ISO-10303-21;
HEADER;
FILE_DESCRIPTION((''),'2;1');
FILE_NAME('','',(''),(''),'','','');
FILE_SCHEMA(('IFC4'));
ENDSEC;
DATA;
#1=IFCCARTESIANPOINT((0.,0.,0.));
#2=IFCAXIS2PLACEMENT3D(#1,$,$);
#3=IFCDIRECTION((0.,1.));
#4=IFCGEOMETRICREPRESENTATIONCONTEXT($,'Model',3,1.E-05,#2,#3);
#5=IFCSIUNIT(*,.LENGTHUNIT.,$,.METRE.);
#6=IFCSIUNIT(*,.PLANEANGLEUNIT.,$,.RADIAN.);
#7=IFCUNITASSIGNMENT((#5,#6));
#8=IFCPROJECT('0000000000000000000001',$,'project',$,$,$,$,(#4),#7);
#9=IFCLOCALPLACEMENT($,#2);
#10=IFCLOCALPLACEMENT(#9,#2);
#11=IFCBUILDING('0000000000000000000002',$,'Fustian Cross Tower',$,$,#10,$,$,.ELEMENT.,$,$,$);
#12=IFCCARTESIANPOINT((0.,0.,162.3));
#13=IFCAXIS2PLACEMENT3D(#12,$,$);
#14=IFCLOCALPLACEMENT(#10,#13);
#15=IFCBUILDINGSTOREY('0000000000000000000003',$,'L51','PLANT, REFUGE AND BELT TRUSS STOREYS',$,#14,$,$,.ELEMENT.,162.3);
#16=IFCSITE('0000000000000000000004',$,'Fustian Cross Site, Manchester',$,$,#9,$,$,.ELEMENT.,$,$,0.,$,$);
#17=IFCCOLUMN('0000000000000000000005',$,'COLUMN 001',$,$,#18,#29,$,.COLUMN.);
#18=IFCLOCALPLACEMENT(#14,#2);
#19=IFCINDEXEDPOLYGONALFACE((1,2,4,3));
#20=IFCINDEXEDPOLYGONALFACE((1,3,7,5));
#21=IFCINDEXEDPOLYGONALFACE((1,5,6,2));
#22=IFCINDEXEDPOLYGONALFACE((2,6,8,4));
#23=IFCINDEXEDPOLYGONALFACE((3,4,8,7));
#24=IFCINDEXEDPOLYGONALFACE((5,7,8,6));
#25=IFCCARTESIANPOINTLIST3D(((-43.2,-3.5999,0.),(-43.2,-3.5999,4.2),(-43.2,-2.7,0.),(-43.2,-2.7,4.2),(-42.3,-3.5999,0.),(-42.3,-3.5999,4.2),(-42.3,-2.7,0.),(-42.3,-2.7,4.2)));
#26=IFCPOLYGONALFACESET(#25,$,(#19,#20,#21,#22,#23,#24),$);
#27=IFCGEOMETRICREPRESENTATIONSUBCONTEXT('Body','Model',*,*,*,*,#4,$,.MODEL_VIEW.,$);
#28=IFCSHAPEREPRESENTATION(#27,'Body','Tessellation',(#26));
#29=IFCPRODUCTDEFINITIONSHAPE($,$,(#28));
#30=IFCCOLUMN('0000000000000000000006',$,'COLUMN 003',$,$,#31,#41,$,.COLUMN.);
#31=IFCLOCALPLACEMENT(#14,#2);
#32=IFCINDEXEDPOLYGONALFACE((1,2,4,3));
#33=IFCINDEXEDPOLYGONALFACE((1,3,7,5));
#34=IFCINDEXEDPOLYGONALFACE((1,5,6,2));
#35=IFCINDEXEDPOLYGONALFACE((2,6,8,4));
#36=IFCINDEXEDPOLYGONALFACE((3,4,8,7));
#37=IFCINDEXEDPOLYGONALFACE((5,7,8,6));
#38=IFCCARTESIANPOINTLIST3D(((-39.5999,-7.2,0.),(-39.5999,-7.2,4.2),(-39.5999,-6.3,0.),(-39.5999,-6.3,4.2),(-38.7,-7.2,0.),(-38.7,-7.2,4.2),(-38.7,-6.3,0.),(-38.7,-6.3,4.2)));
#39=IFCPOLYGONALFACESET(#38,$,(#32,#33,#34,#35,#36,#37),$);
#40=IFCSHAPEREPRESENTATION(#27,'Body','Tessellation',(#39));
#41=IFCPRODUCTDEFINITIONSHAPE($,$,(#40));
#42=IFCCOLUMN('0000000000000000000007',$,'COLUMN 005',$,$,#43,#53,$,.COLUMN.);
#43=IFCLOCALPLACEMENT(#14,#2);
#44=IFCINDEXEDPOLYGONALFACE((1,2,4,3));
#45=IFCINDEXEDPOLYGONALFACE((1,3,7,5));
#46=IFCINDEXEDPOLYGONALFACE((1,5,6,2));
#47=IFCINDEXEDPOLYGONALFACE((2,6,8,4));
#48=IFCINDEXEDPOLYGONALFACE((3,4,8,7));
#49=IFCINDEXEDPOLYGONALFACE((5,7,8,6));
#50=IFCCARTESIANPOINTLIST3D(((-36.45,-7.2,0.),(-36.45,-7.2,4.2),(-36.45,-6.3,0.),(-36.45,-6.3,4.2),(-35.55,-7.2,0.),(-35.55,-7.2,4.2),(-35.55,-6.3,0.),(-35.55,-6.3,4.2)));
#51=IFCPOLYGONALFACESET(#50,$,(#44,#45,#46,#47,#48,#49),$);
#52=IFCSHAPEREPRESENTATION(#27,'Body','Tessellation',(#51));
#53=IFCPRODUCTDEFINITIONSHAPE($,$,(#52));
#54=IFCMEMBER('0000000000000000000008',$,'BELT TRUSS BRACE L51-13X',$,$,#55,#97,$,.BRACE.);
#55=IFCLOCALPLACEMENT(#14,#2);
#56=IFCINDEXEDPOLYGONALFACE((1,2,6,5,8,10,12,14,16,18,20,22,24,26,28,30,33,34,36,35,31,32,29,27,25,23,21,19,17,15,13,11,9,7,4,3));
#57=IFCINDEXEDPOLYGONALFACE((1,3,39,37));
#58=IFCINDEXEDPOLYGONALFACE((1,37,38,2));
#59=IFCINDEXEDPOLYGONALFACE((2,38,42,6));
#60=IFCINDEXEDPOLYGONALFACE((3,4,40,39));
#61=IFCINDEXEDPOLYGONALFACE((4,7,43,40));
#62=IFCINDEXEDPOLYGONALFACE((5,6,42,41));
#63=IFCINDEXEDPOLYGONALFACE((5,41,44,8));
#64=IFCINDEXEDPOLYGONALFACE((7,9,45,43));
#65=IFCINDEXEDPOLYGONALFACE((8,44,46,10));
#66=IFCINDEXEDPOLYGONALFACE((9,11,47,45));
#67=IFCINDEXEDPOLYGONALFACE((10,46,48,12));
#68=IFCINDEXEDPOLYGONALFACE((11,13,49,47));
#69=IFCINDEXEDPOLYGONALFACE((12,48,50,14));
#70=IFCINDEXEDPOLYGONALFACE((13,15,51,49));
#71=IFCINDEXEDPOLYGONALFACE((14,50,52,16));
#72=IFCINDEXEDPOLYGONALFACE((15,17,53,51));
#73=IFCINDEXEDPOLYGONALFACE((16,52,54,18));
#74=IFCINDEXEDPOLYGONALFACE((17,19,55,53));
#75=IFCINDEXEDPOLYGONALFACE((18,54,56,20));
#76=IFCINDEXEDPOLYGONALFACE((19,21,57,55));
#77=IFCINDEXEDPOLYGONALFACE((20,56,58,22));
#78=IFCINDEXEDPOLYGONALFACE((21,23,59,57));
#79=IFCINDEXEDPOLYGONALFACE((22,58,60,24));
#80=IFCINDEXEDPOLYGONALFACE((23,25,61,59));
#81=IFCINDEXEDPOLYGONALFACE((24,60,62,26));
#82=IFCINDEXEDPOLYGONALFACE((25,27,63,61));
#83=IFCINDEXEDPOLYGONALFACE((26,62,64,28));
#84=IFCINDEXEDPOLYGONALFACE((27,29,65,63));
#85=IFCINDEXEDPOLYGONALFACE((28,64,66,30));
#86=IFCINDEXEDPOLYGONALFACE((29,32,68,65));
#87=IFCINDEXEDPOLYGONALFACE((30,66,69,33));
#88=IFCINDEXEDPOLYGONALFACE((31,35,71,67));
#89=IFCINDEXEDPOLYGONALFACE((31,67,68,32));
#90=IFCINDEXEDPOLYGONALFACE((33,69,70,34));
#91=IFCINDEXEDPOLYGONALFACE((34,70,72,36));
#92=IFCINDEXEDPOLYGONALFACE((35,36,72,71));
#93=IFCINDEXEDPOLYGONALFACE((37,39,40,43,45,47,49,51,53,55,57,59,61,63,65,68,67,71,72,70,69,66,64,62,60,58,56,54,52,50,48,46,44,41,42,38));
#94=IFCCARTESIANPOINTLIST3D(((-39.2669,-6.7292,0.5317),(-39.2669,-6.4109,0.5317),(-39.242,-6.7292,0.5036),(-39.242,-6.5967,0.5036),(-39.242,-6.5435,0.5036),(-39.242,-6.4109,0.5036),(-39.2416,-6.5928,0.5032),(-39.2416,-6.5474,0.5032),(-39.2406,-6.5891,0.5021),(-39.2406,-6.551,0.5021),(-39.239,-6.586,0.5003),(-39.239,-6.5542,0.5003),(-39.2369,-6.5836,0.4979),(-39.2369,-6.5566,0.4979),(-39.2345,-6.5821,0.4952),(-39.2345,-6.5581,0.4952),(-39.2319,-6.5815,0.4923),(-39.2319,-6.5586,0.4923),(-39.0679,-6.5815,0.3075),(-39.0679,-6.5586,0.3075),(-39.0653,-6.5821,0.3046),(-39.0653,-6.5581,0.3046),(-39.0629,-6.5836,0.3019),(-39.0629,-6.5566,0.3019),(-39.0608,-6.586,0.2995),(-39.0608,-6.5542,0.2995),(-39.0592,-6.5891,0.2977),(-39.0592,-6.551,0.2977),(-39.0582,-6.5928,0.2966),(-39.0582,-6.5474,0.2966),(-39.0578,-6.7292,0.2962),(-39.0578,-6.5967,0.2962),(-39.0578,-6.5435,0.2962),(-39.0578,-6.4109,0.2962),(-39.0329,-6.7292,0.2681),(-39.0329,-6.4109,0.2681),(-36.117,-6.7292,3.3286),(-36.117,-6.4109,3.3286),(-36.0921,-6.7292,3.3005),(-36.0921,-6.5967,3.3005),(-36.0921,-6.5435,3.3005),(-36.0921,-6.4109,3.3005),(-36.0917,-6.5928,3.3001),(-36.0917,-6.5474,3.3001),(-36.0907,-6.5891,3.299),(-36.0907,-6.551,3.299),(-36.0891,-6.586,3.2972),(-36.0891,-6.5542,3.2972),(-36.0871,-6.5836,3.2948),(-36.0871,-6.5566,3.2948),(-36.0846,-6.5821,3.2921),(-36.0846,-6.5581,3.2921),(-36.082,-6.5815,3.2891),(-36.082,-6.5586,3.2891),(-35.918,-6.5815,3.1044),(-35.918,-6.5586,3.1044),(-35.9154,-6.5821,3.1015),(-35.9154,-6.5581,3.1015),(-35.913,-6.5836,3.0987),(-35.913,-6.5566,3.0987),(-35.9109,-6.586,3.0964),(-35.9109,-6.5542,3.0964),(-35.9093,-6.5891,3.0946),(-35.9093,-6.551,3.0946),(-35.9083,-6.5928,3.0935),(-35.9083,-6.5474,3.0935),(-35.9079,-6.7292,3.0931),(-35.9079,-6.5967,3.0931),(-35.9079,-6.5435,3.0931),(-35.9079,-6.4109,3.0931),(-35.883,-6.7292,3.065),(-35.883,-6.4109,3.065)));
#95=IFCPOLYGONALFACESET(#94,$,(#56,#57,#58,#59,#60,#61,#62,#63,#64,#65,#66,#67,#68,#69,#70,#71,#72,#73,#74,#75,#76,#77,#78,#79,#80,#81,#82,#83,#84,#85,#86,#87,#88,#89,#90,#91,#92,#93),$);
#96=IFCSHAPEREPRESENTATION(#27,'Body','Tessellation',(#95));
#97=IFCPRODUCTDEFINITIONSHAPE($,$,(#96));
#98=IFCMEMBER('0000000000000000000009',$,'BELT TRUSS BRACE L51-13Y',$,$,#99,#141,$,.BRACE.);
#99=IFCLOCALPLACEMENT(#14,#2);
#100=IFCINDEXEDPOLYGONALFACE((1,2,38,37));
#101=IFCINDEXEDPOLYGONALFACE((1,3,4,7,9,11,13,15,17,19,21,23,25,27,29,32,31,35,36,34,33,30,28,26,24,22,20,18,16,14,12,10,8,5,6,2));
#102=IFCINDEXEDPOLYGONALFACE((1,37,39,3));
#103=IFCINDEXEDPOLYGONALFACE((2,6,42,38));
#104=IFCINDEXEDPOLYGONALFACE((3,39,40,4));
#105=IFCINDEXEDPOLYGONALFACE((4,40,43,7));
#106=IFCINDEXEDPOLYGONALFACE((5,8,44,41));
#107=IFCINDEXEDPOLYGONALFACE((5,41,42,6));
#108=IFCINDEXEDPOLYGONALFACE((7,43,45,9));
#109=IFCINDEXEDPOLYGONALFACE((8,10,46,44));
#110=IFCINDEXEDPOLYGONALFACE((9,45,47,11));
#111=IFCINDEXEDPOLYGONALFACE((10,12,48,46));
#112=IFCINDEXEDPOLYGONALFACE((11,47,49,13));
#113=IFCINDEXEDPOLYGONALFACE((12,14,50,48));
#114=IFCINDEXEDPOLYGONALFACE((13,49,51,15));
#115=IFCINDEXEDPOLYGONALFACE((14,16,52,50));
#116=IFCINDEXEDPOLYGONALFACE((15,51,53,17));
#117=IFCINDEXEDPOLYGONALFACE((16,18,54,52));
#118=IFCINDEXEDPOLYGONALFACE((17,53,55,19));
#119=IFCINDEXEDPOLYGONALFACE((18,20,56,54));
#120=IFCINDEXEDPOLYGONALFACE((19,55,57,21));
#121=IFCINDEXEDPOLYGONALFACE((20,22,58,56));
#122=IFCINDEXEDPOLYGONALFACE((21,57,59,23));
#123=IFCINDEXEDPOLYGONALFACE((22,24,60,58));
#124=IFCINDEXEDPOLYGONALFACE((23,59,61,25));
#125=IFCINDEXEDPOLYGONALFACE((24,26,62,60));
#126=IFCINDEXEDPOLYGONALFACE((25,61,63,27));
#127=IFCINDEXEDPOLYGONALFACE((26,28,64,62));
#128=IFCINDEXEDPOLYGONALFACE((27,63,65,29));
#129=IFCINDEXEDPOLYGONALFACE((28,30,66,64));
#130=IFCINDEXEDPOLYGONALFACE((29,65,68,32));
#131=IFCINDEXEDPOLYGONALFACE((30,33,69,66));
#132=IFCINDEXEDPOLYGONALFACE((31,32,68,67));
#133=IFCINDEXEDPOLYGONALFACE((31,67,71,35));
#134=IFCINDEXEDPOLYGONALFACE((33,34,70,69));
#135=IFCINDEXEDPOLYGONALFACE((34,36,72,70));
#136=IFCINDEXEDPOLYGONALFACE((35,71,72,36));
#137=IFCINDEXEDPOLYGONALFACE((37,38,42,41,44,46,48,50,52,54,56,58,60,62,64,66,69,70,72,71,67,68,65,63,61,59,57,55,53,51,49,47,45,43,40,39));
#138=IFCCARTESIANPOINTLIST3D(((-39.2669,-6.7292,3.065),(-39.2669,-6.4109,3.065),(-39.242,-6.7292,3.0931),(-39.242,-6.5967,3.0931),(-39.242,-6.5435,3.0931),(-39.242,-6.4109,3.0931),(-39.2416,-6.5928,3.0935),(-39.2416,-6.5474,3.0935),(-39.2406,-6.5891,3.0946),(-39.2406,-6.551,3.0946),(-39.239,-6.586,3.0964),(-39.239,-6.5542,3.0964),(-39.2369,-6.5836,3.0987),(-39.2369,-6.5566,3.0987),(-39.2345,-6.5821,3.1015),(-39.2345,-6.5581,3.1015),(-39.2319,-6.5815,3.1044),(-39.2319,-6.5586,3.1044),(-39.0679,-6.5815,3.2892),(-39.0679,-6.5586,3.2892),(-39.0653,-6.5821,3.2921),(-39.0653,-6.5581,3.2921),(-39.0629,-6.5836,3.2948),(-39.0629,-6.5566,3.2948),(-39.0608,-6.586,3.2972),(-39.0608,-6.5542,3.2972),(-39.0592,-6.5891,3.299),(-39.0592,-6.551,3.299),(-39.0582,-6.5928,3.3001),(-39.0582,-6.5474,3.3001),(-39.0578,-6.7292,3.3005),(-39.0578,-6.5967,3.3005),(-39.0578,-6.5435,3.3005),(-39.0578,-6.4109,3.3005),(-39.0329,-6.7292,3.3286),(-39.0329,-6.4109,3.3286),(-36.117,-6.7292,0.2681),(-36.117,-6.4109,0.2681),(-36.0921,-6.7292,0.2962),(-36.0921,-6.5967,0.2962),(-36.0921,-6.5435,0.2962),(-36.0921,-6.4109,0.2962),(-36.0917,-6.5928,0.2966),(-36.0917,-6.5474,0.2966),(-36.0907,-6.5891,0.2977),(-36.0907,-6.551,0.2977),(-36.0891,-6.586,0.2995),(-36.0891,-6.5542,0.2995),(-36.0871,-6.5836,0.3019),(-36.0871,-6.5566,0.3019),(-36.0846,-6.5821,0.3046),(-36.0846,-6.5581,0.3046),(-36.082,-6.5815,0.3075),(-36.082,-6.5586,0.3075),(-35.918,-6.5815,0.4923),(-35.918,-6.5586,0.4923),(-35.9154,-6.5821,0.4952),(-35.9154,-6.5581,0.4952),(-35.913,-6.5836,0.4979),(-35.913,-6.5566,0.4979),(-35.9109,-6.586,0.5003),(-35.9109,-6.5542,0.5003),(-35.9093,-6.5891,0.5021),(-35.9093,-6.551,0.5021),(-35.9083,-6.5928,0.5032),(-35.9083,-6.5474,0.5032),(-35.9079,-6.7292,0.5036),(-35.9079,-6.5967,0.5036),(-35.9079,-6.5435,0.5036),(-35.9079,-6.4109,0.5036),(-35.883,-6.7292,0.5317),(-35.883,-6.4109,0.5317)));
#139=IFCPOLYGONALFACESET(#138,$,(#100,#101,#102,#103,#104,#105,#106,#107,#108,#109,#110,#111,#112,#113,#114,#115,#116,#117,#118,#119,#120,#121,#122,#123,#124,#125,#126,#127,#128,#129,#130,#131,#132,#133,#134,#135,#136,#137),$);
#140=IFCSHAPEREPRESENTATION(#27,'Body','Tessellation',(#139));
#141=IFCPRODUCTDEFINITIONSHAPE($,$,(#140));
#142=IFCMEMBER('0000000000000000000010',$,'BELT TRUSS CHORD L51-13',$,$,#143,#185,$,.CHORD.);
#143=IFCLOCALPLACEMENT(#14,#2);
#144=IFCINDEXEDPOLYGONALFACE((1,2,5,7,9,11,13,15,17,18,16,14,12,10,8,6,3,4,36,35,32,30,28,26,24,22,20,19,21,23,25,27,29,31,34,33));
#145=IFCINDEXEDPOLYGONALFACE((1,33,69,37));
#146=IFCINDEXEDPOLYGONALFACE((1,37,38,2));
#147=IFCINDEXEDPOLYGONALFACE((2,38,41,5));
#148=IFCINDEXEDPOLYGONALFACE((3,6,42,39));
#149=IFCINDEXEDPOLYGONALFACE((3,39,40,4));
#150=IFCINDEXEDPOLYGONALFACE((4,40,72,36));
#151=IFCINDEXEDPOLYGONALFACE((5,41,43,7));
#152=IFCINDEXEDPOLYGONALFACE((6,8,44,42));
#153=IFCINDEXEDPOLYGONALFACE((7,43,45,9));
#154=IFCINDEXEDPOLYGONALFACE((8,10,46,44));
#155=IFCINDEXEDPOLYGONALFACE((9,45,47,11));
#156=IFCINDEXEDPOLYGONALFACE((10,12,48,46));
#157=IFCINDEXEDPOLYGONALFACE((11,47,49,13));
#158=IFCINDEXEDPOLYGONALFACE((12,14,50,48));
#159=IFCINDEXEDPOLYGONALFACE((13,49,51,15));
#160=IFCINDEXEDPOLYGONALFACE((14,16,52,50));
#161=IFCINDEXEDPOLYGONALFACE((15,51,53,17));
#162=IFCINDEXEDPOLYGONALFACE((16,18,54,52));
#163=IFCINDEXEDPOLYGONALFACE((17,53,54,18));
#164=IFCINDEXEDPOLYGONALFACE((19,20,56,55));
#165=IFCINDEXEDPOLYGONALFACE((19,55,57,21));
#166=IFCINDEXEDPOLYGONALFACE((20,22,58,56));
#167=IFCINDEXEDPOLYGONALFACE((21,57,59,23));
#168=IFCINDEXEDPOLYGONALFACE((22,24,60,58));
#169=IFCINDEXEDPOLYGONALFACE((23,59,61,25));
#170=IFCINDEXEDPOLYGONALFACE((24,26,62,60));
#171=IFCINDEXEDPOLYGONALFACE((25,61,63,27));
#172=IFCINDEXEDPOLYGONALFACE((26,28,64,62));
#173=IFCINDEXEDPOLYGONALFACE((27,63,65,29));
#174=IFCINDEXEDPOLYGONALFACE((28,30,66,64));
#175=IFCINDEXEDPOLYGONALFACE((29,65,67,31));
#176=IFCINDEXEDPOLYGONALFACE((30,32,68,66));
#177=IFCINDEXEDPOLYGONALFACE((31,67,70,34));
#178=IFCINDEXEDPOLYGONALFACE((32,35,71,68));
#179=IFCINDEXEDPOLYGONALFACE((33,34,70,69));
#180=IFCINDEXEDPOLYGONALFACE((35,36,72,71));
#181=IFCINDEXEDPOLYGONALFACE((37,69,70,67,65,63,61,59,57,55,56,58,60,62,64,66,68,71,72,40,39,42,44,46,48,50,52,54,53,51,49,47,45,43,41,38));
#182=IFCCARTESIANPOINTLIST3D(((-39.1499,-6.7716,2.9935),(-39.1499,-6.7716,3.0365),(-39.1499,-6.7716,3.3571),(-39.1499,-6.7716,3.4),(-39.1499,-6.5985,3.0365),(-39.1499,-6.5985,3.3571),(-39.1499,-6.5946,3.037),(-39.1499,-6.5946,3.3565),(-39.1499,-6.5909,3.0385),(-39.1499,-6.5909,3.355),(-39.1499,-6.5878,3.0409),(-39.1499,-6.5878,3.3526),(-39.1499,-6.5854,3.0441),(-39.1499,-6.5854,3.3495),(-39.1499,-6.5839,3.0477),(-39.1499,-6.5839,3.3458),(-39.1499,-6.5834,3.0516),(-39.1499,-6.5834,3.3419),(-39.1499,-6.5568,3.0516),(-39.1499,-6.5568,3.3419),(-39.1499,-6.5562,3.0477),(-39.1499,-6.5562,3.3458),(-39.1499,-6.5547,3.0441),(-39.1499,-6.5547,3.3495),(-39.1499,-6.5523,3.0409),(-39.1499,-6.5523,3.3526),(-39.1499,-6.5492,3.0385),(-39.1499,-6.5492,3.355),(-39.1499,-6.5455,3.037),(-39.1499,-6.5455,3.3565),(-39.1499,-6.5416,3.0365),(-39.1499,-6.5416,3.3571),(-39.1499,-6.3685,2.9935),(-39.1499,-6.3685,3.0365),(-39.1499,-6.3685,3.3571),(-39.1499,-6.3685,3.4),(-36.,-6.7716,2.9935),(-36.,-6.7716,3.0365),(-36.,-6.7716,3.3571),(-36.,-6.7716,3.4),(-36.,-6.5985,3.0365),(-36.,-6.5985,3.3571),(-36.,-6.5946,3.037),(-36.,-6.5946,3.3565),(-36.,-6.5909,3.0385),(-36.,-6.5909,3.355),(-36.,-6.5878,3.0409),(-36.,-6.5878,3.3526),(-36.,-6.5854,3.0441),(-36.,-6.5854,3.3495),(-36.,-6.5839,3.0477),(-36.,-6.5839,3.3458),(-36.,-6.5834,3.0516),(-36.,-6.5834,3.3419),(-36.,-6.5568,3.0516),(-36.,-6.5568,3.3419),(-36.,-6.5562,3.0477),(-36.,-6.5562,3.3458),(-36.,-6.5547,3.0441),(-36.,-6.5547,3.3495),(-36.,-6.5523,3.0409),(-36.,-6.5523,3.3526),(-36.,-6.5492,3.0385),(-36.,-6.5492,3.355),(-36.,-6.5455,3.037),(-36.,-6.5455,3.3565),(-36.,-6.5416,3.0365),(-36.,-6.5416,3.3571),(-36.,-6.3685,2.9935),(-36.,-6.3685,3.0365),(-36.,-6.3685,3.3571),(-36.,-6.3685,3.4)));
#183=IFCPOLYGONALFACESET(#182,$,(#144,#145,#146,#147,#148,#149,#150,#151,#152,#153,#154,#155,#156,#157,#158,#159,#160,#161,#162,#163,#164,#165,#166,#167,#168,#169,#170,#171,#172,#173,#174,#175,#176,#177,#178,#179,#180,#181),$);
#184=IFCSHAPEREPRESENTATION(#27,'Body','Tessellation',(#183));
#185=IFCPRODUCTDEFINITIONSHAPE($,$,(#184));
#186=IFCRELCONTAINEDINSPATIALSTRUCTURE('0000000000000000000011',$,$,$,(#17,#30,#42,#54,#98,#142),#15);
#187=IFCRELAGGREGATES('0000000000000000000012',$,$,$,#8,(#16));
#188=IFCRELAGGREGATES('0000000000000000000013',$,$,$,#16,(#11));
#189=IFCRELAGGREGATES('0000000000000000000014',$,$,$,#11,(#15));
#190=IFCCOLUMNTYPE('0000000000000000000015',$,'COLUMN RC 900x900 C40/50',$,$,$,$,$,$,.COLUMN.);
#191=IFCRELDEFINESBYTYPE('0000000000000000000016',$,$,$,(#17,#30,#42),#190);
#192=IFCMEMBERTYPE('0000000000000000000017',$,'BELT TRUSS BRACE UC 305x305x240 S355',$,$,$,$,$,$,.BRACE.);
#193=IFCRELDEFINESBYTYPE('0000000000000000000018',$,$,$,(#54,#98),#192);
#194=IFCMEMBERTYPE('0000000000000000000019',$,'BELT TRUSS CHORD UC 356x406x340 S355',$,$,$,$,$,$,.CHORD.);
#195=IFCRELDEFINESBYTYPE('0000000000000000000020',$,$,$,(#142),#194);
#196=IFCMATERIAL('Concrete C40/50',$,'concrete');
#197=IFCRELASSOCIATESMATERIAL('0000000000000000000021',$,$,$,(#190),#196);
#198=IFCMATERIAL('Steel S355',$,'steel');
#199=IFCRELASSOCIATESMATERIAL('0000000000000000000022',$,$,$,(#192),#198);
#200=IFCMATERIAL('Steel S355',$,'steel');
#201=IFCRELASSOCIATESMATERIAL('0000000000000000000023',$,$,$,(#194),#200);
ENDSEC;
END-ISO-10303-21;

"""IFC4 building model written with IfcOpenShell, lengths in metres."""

from ifc_helpers import new_model, si_unit, direction, frame, origin, origin_2d, place, context, subcontext, project, spatial, rectangle, i_section, extrude, material, material_profile, profile_set, type_object, element, save


model = new_model("IFC4")

# Units and contexts
model_context = context("Model", 3, precision=1e-05, world=origin(), true_north=direction((0.0, 1.0)))
body_context = subcontext(model_context, "Body", "Model", "MODEL_VIEW")
ifc_project = project(units=[si_unit("LENGTHUNIT", "METRE"), si_unit("PLANEANGLEUNIT", "RADIAN")], contexts=[model_context])

# Site, building, storey
site_placement = place(None, origin())
site = spatial("IfcSite", under=ifc_project, at=site_placement, Name="Fustian Cross Site, Manchester", CompositionType="ELEMENT", RefElevation=0.0)
building_placement = place(site_placement, origin())
building = spatial("IfcBuilding", under=site, at=building_placement, Name="Fustian Cross Tower", CompositionType="ELEMENT")
storey_placement = place(building_placement, frame((0.0, 0.0, 162.3)))
storey = spatial("IfcBuildingStorey", under=building, at=storey_placement, Name="L51", Description="PLANT, REFUGE AND BELT TRUSS STOREYS", CompositionType="ELEMENT", Elevation=162.3)

# Columns
ifc_material_1 = material(Name="Concrete C40/50", Category="concrete")
ifc_material_profile_1 = material_profile(ifc_material_1, rectangle(XDim=0.8999, YDim=0.8999, at=origin_2d()), Name="RC 900x900")
ifc_profile_set_1 = profile_set([ifc_material_profile_1], Name="Concrete C40/50")
column_type = type_object("IfcColumnType", Name="COLUMN RC 900x900 C40/50", PredefinedType="COLUMN", material=ifc_profile_set_1)
for number, where, z_axis, x_axis, name in (
    (1, (-42.75, -3.1499, 0.0), (0.0, 0.0, 1.0), (1.0, 0.0, 0.0), "COLUMN 001"),
    (2, (-39.1499, -6.75, 0.0), (0.0, 0.0, 1.0), (1.0, 0.0, 0.0), "COLUMN 003"),
    (3, (-36.0, -6.75, 0.0), (0.0, 0.0, 1.0), (1.0, 0.0, 0.0), "COLUMN 005"),
):
    element("IfcColumn", number, at=place(storey_placement, frame(where, z_axis=z_axis, x_axis=x_axis)), inside=storey, type_object=column_type, Name=name, PredefinedType="COLUMN", context=body_context, shape_type="SweptSolid", body=[
        extrude(rectangle(XDim=0.8999, YDim=0.8999, at=origin_2d()), origin(), (0.0, 0.0, 1.0), 4.2),
    ])

# Members
ifc_material_2 = material(Name="Steel S355", Category="steel")
ifc_material_profile_2 = material_profile(ifc_material_2, i_section(OverallWidth=0.3184, OverallDepth=0.3525, WebThickness=0.0229, FlangeThickness=0.0376, FilletRadius=0.0151, at=origin_2d()), Name="UC 305x305x240")
ifc_profile_set_2 = profile_set([ifc_material_profile_2], Name="Steel S355")
member_type_1 = type_object("IfcMemberType", Name="BELT TRUSS BRACE UC 305x305x240 S355", PredefinedType="BRACE", material=ifc_profile_set_2)
for number, where, z_axis, x_axis, name in (
    (4, (-39.1499, -6.5701, 0.3999), (0.747767, 0.0, 0.663961), (0.0, 1.0, 0.0), "BELT TRUSS BRACE L51-13X"),
    (5, (-39.1499, -6.5701, 3.1968), (0.747767, 0.0, -0.663961), (0.0, 1.0, 0.0), "BELT TRUSS BRACE L51-13Y"),
):
    element("IfcMember", number, at=place(storey_placement, frame(where, z_axis=z_axis, x_axis=x_axis)), inside=storey, type_object=member_type_1, Name=name, PredefinedType="BRACE", context=body_context, shape_type="SweptSolid", body=[
        extrude(i_section(OverallWidth=0.3184, OverallDepth=0.3525, WebThickness=0.0229, FlangeThickness=0.0376, FilletRadius=0.0151, at=origin_2d()), origin(), (0.0, 0.0, 1.0), 4.2124),
    ])
ifc_material_3 = material(Name="Steel S355", Category="steel")
ifc_material_profile_3 = material_profile(ifc_material_3, i_section(OverallWidth=0.4031, OverallDepth=0.4065, WebThickness=0.0266, FlangeThickness=0.043, FilletRadius=0.0151, at=origin_2d()), Name="UC 356x406x340")
ifc_profile_set_3 = profile_set([ifc_material_profile_3], Name="Steel S355")
member_type_2 = type_object("IfcMemberType", Name="BELT TRUSS CHORD UC 356x406x340 S355", PredefinedType="CHORD", material=ifc_profile_set_3)
for number, where, z_axis, x_axis, name in (
    (6, (-39.1499, -6.5701, 3.1968), (1.0, 0.0, 0.0), (0.0, 1.0, 0.0), "BELT TRUSS CHORD L51-13"),
):
    element("IfcMember", number, at=place(storey_placement, frame(where, z_axis=z_axis, x_axis=x_axis)), inside=storey, type_object=member_type_2, Name=name, PredefinedType="CHORD", context=body_context, shape_type="SweptSolid", body=[
        extrude(i_section(OverallWidth=0.4031, OverallDepth=0.4065, WebThickness=0.0266, FlangeThickness=0.043, FilletRadius=0.0151, at=origin_2d()), origin(), (0.0, 0.0, 1.0), 3.1499),
    ])

save(model, "model.ifc")
